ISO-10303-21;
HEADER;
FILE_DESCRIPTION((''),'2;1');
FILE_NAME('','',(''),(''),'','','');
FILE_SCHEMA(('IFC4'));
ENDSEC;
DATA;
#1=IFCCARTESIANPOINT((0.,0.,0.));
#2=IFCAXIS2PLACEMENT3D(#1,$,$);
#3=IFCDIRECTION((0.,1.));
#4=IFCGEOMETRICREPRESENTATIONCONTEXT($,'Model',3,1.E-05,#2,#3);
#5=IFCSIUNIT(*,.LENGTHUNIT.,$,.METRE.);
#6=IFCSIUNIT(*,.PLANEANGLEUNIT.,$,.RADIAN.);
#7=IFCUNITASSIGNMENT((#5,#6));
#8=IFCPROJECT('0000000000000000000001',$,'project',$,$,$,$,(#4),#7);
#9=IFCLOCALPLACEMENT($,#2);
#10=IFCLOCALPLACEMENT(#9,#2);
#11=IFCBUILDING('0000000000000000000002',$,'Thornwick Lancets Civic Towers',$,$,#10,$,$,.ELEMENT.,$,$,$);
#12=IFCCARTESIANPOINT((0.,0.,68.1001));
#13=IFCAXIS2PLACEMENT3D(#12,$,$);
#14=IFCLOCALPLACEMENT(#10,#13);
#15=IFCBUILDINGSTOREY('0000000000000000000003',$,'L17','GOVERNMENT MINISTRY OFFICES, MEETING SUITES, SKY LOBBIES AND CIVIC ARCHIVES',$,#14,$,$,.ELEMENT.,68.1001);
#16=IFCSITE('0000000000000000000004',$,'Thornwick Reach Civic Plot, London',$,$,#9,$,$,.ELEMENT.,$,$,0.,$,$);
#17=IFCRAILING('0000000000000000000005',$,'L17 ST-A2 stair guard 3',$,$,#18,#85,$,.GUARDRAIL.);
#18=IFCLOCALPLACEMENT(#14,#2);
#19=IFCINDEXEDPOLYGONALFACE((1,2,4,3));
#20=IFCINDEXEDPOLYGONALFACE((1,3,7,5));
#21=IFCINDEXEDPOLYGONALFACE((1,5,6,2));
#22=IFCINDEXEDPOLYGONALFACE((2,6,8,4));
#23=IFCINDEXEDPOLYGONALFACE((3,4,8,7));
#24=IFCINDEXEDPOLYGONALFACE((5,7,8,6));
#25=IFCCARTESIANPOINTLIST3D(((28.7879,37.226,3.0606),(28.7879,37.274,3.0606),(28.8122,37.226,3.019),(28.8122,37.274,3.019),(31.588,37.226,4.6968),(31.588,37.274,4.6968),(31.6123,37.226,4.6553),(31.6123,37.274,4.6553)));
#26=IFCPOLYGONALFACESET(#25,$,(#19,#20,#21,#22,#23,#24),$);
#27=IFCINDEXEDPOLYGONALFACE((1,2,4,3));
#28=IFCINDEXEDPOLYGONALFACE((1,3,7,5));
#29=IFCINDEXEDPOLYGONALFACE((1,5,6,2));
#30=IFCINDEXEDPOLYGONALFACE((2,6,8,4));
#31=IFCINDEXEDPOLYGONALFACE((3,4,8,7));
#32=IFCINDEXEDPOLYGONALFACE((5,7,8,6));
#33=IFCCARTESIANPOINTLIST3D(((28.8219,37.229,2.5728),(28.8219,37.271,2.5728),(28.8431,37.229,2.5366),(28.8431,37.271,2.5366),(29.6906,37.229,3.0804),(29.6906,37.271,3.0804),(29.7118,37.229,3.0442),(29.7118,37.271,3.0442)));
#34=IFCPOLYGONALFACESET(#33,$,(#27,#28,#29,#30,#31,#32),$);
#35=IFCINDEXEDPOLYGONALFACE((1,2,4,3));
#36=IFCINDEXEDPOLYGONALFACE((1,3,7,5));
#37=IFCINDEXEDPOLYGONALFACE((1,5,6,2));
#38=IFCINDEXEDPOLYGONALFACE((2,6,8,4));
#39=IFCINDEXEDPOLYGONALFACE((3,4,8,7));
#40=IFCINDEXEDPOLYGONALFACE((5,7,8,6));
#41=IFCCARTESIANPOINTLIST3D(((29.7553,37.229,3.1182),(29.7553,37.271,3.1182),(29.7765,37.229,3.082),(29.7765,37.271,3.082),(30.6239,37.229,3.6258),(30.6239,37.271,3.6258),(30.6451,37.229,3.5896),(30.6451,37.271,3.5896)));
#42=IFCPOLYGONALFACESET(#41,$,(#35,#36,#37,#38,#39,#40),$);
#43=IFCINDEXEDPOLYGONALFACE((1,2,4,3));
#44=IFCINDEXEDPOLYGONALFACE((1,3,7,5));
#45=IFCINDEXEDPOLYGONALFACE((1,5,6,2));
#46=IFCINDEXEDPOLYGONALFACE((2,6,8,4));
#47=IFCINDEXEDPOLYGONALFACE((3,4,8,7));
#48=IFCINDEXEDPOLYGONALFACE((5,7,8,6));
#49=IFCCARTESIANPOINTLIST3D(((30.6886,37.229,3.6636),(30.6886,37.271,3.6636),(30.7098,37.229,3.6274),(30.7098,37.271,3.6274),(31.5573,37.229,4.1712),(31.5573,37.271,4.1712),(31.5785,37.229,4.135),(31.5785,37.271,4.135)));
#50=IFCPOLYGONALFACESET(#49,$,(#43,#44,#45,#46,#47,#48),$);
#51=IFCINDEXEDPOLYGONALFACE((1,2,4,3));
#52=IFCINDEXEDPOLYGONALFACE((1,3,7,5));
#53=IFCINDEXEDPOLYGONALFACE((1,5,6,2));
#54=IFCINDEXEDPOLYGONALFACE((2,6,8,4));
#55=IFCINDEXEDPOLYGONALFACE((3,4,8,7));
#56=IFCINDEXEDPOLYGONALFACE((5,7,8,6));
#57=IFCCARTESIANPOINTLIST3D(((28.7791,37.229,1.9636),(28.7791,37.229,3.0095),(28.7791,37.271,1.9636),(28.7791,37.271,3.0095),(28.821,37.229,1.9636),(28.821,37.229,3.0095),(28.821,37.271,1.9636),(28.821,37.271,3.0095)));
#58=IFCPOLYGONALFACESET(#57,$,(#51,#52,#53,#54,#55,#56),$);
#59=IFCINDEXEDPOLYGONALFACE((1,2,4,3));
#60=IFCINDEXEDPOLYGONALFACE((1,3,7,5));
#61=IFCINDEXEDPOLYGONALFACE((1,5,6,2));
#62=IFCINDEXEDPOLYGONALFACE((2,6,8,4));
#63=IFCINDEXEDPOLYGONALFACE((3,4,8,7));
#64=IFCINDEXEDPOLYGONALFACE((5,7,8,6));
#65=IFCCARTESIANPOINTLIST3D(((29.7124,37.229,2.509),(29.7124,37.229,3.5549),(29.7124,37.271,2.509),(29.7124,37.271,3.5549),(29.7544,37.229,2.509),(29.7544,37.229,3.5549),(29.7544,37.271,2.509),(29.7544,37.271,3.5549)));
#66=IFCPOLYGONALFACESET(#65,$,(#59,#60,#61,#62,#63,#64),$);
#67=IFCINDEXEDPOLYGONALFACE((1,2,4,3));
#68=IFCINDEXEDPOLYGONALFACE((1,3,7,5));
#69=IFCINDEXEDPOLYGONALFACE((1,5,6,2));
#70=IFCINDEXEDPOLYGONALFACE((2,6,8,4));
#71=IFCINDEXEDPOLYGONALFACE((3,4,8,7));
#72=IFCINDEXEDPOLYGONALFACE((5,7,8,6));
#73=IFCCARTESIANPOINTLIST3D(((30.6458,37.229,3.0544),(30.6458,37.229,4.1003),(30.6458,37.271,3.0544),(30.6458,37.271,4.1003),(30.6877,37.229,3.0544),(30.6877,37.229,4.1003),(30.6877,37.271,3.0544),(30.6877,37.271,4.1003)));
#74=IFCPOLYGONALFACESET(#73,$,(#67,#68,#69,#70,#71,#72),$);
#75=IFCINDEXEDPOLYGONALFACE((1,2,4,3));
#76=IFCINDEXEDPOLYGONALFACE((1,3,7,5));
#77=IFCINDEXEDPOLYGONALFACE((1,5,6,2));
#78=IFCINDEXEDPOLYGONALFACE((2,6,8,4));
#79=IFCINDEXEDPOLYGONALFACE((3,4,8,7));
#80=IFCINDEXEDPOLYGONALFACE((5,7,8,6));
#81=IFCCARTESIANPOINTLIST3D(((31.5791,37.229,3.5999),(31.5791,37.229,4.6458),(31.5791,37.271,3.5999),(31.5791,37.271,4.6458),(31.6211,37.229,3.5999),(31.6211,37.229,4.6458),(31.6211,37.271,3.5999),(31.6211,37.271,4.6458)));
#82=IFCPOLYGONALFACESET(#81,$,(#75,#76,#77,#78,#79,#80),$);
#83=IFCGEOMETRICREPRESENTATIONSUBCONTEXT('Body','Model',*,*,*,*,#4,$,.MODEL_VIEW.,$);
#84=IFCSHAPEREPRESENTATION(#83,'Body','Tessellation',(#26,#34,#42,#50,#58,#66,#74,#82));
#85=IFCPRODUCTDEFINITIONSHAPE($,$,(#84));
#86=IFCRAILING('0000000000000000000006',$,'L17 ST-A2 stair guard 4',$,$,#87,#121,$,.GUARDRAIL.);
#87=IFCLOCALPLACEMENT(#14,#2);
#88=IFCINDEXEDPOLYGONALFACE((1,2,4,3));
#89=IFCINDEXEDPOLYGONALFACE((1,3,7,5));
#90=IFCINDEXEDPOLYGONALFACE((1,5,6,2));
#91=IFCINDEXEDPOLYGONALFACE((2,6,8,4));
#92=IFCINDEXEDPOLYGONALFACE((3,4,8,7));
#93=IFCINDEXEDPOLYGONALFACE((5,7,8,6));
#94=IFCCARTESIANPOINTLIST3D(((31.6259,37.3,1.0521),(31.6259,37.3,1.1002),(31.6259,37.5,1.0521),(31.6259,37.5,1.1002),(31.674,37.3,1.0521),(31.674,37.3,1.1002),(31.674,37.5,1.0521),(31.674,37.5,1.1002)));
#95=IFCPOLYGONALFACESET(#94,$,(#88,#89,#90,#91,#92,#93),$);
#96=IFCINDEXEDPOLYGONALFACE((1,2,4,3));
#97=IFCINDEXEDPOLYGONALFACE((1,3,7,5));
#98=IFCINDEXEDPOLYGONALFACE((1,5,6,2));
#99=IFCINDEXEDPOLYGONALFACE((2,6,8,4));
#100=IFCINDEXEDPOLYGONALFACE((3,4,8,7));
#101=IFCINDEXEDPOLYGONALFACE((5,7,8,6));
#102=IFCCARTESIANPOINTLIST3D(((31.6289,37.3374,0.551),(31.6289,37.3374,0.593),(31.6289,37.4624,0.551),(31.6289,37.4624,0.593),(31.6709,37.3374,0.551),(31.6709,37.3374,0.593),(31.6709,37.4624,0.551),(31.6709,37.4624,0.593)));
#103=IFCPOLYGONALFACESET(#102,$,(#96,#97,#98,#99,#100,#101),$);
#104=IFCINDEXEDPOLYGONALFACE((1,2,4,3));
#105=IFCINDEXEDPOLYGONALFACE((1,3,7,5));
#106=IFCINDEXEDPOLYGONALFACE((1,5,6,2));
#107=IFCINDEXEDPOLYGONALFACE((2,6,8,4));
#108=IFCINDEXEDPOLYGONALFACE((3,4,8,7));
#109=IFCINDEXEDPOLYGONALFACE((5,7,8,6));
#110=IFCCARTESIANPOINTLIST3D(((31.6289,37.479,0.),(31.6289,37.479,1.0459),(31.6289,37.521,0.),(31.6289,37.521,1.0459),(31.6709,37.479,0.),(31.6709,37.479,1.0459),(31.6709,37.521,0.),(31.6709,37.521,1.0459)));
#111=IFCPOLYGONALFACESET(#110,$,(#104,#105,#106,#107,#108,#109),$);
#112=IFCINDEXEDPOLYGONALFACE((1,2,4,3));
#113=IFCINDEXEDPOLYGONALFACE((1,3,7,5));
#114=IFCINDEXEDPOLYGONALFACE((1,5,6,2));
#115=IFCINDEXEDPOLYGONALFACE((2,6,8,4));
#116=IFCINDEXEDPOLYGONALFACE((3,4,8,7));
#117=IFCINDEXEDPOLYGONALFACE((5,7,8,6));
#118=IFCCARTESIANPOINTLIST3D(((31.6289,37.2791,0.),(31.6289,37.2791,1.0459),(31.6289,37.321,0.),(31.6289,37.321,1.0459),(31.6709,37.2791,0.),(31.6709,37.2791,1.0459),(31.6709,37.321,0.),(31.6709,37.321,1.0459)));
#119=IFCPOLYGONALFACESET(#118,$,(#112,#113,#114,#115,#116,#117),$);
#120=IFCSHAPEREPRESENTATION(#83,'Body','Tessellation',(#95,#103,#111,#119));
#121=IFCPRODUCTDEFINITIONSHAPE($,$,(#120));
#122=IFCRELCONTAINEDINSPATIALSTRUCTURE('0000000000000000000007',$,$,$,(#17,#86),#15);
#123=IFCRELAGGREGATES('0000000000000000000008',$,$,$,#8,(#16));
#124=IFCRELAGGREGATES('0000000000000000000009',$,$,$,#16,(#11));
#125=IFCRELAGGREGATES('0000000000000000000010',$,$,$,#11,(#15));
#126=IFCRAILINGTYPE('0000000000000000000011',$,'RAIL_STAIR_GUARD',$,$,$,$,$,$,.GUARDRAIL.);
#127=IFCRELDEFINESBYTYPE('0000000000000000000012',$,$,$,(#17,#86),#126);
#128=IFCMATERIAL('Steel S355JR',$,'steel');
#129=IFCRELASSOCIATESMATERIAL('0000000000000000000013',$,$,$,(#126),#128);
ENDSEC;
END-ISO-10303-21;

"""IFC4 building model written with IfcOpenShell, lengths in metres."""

from ifc_helpers import new_model, si_unit, direction, frame, origin, origin_2d, place, context, subcontext, project, spatial, rectangle, extrude, material, type_object, element, save


model = new_model("IFC4")

# Units and contexts
model_context = context("Model", 3, precision=1e-05, world=origin(), true_north=direction((0.0, 1.0)))
body_context = subcontext(model_context, "Body", "Model", "MODEL_VIEW")
ifc_project = project(units=[si_unit("LENGTHUNIT", "METRE"), si_unit("PLANEANGLEUNIT", "RADIAN")], contexts=[model_context])

# Site, building, storey
site_placement = place(None, origin())
site = spatial("IfcSite", under=ifc_project, at=site_placement, Name="Thornwick Reach Civic Plot, London", CompositionType="ELEMENT", RefElevation=0.0)
building_placement = place(site_placement, origin())
building = spatial("IfcBuilding", under=site, at=building_placement, Name="Thornwick Lancets Civic Towers", CompositionType="ELEMENT")
storey_placement = place(building_placement, frame((0.0, 0.0, 68.1001)))
storey = spatial("IfcBuildingStorey", under=building, at=storey_placement, Name="L17", Description="GOVERNMENT MINISTRY OFFICES, MEETING SUITES, SKY LOBBIES AND CIVIC ARCHIVES", CompositionType="ELEMENT", Elevation=68.1001)

# Shared definitions
ifc_material_1 = material(Name="Steel S355JR", Category="steel")

# Railings
railing_type_1 = type_object("IfcRailingType", Name="RAIL_STAIR_GUARD", PredefinedType="GUARDRAIL", material=ifc_material_1)
railing_1_placement = place(storey_placement, frame((28.8, 37.25, 1.9636)))
element("IfcRailing", 1, at=railing_1_placement, inside=storey, type_object=railing_type_1, Name="L17 ST-A2 stair guard 3", PredefinedType="GUARDRAIL", context=body_context, shape_type="SweptSolid", body=[
    extrude(rectangle(XDim=0.0481, YDim=0.0481, at=origin_2d()), frame((0.0, 0.0, 1.0762), z_axis=(0.863394, 0.0, 0.504531), x_axis=(0.0, 1.0, 0.0)), (0.0, 0.0, 1.0), 3.2432),
    extrude(rectangle(XDim=0.042, YDim=0.042, at=origin_2d()), frame((0.0325, 0.0, 0.5911), z_axis=(0.863394, 0.0, 0.504531), x_axis=(0.0, 1.0, 0.0)), (0.0, 0.0, 1.0), 1.0061),
    extrude(rectangle(XDim=0.042, YDim=0.042, at=origin_2d()), frame((0.9658, 0.0, 1.1365), z_axis=(0.863394, 0.0, 0.504531), x_axis=(0.0, 1.0, 0.0)), (0.0, 0.0, 1.0), 1.0061),
    extrude(rectangle(XDim=0.042, YDim=0.042, at=origin_2d()), frame((1.8992, 0.0, 1.6819), z_axis=(0.863394, 0.0, 0.504531), x_axis=(0.0, 1.0, 0.0)), (0.0, 0.0, 1.0), 1.0061),
    extrude(rectangle(XDim=0.042, YDim=0.042, at=origin_2d()), origin(), (0.0, 0.0, 1.0), 1.0459),
    extrude(rectangle(XDim=0.042, YDim=0.042, at=origin_2d()), frame((0.9333, 0.0, 0.5454)), (0.0, 0.0, 1.0), 1.0459),
    extrude(rectangle(XDim=0.042, YDim=0.042, at=origin_2d()), frame((1.8667, 0.0, 1.0908)), (0.0, 0.0, 1.0), 1.0459),
    extrude(rectangle(XDim=0.042, YDim=0.042, at=origin_2d()), frame((2.8, 0.0, 1.6362)), (0.0, 0.0, 1.0), 1.0459),
])
railing_2_placement = place(storey_placement, frame((31.6499, 37.5, 0.0)))
element("IfcRailing", 2, at=railing_2_placement, inside=storey, type_object=railing_type_1, Name="L17 ST-A2 stair guard 4", PredefinedType="GUARDRAIL", context=body_context, shape_type="SweptSolid", body=[
    extrude(rectangle(XDim=0.0481, YDim=0.0481, at=origin_2d()), frame((0.0, 0.0, 1.0762), z_axis=(0.0, -1.0, 0.0), x_axis=(1.0, 0.0, 0.0)), (0.0, 0.0, 1.0), 0.2),
    extrude(rectangle(XDim=0.042, YDim=0.042, at=origin_2d()), frame((0.0, -0.0376, 0.572), z_axis=(0.0, -1.0, 0.0), x_axis=(1.0, 0.0, 0.0)), (0.0, 0.0, 1.0), 0.125),
    extrude(rectangle(XDim=0.042, YDim=0.042, at=origin_2d()), origin(), (0.0, 0.0, 1.0), 1.0459),
    extrude(rectangle(XDim=0.042, YDim=0.042, at=origin_2d()), frame((0.0, -0.2, 0.0)), (0.0, 0.0, 1.0), 1.0459),
])

save(model, "model.ifc")
